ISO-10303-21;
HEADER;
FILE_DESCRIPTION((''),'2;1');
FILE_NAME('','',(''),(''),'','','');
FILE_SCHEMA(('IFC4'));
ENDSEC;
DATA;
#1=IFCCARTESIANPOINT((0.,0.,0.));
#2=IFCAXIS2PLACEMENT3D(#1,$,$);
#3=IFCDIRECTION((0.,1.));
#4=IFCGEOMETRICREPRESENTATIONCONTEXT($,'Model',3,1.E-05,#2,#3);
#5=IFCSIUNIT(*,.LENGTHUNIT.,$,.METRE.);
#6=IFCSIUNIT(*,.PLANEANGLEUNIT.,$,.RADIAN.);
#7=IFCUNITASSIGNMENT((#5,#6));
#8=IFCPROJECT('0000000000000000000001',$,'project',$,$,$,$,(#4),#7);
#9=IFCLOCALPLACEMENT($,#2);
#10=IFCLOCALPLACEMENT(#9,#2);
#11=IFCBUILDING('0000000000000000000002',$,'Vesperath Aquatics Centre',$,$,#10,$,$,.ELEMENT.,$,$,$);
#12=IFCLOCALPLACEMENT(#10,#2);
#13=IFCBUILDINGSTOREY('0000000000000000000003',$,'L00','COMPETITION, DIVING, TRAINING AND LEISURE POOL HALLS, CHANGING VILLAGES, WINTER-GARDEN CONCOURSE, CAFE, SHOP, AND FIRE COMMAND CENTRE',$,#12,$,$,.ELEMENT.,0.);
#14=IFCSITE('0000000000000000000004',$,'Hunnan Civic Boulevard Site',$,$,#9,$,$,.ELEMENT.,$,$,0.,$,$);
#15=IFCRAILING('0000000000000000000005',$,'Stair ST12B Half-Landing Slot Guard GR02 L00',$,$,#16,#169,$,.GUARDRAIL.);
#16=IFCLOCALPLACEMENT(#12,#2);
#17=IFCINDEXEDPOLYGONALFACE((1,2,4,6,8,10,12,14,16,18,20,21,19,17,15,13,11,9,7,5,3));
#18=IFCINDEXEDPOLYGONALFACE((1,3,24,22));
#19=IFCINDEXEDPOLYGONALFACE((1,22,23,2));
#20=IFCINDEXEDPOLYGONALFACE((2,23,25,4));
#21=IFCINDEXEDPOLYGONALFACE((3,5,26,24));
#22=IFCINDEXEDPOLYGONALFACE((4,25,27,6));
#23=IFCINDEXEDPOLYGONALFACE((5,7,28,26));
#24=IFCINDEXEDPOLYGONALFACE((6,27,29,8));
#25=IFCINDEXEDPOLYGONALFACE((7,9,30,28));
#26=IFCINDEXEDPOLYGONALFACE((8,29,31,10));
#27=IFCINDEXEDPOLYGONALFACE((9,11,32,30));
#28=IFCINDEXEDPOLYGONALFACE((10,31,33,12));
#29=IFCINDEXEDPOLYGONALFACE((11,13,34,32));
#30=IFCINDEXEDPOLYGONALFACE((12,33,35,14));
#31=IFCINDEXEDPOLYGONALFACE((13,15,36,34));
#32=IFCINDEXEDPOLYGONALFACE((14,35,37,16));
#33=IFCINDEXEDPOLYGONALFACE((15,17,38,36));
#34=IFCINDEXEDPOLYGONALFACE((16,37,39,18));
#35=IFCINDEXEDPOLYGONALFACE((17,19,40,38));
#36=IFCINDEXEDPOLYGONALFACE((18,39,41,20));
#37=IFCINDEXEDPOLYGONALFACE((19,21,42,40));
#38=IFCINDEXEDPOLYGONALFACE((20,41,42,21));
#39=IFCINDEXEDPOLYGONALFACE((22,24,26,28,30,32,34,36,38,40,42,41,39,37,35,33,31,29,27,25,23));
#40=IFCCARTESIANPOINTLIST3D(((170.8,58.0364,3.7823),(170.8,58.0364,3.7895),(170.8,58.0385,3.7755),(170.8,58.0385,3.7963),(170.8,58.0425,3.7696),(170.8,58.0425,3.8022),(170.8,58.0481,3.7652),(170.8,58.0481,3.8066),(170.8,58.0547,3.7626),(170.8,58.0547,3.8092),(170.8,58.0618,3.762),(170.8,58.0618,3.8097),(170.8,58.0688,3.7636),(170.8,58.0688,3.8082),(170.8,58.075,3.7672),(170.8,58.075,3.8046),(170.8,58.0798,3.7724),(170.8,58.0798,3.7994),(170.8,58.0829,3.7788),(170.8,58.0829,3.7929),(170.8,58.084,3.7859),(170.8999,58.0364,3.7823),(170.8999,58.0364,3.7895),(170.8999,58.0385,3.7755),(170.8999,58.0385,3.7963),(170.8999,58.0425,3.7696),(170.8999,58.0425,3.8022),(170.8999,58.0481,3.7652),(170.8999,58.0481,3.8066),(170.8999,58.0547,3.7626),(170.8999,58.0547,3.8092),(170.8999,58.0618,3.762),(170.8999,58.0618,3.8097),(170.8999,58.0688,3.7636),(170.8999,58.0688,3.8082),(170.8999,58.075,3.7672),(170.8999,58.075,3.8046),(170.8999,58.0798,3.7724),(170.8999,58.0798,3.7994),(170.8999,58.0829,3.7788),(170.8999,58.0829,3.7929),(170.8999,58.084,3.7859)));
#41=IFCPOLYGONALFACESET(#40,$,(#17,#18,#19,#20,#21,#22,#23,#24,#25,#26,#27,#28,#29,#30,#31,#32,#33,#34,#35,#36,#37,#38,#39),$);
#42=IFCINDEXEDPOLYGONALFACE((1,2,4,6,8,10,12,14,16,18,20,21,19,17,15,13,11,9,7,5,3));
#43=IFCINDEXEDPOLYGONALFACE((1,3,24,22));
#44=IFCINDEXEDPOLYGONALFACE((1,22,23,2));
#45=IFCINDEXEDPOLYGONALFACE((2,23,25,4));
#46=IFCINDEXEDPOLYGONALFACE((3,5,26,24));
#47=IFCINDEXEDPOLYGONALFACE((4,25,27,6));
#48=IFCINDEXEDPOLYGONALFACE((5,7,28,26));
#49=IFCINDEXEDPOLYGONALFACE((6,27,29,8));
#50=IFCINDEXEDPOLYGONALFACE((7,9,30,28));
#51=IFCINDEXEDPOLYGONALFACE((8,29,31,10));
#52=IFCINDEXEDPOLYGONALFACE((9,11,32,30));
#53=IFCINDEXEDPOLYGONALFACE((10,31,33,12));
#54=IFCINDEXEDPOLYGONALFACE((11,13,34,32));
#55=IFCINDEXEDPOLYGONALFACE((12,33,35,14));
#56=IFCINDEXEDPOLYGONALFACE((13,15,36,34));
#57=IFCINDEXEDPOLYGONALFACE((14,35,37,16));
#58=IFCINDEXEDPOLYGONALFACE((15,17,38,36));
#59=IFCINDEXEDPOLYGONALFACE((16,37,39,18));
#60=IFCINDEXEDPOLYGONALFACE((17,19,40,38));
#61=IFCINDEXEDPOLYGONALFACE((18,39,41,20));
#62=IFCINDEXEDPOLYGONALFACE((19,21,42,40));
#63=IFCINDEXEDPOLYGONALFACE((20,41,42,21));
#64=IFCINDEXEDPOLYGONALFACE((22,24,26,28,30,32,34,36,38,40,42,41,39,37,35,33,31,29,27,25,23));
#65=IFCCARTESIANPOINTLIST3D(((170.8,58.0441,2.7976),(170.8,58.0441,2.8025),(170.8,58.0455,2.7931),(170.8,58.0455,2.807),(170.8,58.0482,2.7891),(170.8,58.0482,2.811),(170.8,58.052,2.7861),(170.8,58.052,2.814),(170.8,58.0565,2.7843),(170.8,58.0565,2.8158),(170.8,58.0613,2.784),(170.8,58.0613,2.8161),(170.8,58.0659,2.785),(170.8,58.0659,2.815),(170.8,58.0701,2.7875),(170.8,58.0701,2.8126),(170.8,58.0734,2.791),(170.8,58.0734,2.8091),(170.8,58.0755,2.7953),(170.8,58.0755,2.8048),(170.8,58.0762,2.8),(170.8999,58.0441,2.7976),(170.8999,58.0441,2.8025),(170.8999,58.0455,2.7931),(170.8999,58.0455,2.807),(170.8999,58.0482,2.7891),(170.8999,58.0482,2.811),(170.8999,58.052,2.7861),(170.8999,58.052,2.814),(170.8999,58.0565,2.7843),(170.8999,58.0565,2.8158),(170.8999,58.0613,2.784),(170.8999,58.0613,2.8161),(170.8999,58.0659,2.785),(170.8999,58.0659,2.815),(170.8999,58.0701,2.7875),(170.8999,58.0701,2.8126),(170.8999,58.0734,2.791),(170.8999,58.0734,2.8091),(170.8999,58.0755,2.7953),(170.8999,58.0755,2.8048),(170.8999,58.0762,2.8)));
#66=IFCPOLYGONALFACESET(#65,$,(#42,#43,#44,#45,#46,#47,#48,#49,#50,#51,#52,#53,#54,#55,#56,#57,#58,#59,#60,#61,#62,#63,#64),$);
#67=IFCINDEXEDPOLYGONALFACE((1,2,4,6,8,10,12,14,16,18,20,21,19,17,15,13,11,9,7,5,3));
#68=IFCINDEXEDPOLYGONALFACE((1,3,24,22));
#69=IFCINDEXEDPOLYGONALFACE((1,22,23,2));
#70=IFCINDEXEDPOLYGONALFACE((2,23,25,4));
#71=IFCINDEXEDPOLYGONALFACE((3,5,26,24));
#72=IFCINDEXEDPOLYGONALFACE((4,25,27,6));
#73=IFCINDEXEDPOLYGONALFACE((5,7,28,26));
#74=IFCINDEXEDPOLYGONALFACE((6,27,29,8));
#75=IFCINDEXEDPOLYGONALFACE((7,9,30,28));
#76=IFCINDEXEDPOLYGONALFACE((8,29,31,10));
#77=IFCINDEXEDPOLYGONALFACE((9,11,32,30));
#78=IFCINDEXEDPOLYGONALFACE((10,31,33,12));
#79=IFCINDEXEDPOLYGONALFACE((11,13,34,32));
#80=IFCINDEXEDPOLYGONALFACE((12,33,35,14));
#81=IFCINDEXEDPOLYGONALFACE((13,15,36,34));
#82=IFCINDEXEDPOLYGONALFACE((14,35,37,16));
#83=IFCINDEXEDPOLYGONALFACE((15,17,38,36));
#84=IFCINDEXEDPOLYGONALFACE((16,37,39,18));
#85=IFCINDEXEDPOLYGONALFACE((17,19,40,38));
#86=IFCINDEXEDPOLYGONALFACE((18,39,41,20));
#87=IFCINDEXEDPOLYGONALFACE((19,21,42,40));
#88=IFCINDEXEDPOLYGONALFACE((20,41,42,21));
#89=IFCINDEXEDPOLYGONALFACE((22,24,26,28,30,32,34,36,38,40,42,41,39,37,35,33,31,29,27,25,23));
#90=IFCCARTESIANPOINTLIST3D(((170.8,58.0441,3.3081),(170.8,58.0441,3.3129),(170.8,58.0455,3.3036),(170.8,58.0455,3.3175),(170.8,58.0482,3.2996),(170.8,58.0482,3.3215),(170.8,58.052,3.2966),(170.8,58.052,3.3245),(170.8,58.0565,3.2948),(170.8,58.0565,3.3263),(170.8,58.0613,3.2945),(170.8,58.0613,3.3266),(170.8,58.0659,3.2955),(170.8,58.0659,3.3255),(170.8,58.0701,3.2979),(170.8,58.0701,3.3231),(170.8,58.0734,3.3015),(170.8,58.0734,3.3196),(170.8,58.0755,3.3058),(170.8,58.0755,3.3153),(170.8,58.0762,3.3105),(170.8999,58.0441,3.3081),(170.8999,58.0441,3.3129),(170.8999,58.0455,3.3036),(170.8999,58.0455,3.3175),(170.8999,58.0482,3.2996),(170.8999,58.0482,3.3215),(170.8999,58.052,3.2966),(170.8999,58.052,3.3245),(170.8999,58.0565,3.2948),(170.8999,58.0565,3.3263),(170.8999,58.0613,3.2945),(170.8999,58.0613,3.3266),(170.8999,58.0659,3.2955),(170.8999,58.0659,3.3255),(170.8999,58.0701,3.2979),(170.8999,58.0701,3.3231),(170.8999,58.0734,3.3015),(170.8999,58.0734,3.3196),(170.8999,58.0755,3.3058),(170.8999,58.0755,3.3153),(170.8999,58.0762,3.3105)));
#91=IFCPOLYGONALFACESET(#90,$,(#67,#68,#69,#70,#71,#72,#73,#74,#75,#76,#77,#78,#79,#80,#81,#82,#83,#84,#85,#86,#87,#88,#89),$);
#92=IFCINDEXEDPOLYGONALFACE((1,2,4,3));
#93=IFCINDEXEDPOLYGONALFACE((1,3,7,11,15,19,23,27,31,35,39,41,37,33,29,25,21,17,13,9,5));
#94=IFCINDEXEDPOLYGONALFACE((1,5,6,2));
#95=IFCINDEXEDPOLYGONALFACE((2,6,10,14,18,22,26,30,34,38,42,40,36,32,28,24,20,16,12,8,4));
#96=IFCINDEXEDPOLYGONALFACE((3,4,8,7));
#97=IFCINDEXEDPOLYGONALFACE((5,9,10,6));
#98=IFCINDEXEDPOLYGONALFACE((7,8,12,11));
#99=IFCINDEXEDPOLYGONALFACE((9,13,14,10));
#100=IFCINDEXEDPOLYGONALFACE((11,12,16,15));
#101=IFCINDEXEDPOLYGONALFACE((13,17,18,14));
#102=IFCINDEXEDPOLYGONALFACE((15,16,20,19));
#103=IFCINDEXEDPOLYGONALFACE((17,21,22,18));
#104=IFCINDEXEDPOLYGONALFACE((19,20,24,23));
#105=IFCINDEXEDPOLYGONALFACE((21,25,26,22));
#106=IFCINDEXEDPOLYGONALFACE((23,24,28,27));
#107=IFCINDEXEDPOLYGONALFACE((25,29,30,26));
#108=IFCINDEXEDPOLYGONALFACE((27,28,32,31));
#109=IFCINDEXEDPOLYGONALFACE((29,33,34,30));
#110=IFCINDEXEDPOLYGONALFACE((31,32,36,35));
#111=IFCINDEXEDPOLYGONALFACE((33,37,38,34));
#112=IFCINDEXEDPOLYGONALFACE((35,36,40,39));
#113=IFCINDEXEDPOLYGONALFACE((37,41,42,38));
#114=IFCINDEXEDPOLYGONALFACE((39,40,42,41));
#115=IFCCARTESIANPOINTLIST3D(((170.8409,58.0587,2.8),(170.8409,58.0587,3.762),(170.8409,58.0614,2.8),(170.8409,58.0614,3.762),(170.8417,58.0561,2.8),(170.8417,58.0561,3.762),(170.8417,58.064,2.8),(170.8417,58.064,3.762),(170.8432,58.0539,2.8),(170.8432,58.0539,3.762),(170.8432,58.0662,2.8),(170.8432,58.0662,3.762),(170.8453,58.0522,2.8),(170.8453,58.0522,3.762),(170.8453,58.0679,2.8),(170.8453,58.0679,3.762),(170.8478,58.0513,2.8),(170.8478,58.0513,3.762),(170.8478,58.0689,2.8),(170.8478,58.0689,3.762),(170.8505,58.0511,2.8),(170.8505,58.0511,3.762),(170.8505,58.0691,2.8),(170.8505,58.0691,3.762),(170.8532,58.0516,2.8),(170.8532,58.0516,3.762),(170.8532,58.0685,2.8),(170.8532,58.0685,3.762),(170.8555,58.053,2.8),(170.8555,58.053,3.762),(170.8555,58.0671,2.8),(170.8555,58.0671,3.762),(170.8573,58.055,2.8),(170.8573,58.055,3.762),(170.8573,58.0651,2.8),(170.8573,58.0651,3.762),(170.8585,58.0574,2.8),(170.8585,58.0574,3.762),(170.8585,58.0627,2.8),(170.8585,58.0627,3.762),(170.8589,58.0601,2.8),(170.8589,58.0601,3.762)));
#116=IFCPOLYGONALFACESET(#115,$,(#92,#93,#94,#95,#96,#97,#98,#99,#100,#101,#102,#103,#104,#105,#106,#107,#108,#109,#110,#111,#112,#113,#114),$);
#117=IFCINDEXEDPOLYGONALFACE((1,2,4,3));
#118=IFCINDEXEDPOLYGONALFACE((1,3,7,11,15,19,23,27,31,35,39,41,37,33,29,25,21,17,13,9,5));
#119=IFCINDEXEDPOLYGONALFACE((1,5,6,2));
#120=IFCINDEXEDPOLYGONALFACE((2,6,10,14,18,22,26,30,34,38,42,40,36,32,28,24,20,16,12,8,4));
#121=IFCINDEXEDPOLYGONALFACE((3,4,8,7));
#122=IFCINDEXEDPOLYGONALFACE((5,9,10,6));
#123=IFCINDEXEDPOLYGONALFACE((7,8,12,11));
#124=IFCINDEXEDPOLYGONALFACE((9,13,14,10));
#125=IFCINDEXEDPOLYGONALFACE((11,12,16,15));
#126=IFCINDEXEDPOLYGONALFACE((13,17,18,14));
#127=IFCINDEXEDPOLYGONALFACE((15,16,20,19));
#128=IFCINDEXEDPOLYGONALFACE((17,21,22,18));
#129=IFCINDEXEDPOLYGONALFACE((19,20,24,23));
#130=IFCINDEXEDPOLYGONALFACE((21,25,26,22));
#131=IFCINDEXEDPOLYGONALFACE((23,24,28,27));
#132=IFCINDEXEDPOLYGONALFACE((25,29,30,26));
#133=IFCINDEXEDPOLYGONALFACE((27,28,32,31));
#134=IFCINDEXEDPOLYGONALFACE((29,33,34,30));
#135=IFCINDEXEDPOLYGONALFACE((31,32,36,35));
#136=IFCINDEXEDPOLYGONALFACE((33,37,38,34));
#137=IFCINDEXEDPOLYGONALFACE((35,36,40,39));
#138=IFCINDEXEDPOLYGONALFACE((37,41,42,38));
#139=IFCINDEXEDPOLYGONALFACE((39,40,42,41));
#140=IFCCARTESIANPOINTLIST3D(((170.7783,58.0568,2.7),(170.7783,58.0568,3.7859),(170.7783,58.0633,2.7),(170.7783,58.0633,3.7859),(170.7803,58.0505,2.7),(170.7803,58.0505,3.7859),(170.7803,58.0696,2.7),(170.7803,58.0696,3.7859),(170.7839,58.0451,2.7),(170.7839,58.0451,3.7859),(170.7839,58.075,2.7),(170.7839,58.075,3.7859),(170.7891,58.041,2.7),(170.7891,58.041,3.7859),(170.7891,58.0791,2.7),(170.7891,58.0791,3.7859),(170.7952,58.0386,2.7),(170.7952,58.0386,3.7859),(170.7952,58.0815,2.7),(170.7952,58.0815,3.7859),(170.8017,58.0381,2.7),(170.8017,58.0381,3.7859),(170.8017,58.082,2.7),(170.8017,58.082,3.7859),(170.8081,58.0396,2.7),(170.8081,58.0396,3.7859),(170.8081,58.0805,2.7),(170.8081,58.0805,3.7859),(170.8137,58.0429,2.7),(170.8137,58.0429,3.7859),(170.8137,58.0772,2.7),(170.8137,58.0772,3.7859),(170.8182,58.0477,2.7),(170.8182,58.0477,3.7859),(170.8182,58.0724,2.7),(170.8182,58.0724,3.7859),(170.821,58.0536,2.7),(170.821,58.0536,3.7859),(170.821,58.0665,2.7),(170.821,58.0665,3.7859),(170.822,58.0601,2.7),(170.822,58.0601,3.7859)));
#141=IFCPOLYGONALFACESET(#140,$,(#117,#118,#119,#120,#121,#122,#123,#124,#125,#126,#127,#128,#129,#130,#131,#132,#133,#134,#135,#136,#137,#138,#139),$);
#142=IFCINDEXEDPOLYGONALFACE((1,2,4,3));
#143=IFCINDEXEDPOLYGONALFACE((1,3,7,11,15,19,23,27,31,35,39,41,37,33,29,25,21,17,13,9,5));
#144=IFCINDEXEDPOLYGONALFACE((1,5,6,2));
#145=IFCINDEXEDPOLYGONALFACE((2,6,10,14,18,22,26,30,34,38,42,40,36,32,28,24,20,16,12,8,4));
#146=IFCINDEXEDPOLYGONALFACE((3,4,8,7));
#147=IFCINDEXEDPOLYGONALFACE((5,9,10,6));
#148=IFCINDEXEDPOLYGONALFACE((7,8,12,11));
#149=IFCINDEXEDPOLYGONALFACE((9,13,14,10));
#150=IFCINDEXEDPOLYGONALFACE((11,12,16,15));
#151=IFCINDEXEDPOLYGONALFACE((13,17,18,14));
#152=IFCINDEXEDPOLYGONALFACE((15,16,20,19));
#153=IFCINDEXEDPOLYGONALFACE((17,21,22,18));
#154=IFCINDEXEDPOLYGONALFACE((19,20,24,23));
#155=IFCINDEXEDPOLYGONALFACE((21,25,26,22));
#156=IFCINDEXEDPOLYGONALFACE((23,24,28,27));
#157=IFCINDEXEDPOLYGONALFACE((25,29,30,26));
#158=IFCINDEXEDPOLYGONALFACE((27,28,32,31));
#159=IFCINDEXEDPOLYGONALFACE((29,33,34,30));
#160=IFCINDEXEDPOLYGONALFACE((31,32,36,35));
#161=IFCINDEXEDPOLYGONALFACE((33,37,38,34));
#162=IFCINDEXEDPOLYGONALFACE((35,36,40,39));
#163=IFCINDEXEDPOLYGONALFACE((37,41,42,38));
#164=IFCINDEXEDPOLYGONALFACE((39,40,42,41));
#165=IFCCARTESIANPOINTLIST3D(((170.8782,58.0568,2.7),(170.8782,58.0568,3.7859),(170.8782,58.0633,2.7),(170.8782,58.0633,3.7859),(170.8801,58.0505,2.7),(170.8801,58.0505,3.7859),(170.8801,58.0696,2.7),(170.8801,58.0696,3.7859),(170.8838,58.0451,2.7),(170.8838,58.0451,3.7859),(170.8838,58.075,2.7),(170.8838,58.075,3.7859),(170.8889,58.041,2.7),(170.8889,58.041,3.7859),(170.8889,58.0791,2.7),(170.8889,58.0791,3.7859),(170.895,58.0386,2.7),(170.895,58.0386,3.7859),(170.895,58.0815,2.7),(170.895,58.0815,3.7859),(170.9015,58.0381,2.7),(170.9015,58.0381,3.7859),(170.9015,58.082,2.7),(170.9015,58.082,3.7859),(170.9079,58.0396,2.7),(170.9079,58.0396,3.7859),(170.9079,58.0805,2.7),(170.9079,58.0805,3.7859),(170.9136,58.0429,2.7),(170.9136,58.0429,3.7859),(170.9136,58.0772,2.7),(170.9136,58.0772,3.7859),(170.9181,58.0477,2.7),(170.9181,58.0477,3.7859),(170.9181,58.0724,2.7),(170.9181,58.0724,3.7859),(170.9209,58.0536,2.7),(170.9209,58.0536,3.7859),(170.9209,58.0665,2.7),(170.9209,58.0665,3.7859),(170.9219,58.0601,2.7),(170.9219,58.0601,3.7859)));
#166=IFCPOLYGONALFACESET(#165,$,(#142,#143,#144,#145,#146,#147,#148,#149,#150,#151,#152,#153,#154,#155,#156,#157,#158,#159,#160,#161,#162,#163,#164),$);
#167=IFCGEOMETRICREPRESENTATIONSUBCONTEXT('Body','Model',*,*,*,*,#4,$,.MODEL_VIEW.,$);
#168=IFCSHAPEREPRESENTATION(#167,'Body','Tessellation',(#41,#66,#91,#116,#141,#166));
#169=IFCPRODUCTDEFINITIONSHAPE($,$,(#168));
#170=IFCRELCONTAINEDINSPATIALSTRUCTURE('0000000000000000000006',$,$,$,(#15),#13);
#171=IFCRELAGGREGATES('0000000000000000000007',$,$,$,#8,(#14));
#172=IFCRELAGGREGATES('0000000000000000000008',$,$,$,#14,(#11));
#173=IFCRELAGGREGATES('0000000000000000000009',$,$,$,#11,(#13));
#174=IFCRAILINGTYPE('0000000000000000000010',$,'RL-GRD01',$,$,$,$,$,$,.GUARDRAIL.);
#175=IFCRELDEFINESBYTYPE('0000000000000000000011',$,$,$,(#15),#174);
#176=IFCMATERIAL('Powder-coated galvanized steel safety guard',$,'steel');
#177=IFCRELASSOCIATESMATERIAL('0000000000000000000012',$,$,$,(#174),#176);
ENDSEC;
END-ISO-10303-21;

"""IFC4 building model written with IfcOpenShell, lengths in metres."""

from ifc_helpers import new_model, si_unit, direction, frame, origin, origin_2d, place, context, subcontext, project, spatial, circle, extrude, material, type_object, element, save


model = new_model("IFC4")

# Units and contexts
model_context = context("Model", 3, precision=1e-05, world=origin(), true_north=direction((0.0, 1.0)))
body_context = subcontext(model_context, "Body", "Model", "MODEL_VIEW")
ifc_project = project(units=[si_unit("LENGTHUNIT", "METRE"), si_unit("PLANEANGLEUNIT", "RADIAN")], contexts=[model_context])

# Site, building, storey
site_placement = place(None, origin())
site = spatial("IfcSite", under=ifc_project, at=site_placement, Name="Hunnan Civic Boulevard Site", CompositionType="ELEMENT", RefElevation=0.0)
building_placement = place(site_placement, origin())
building = spatial("IfcBuilding", under=site, at=building_placement, Name="Vesperath Aquatics Centre", CompositionType="ELEMENT")
storey_placement = place(building_placement, origin())
storey = spatial("IfcBuildingStorey", under=building, at=storey_placement, Name="L00", Description="COMPETITION, DIVING, TRAINING AND LEISURE POOL HALLS, CHANGING VILLAGES, WINTER-GARDEN CONCOURSE, CAFE, SHOP, AND FIRE COMMAND CENTRE", CompositionType="ELEMENT", Elevation=0.0)

# Railing
ifc_material_1 = material(Name="Powder-coated galvanized steel safety guard", Category="steel")
railing_type_1 = type_object("IfcRailingType", Name="RL-GRD01", PredefinedType="GUARDRAIL", material=ifc_material_1)
railing_1_placement = place(storey_placement, frame((170.8, 58.0601, 2.7)))
element("IfcRailing", 1, at=railing_1_placement, inside=storey, type_object=railing_type_1, Name="Stair ST12B Half-Landing Slot Guard GR02 L00", PredefinedType="GUARDRAIL", context=body_context, shape_type="SweptSolid", body=[
    extrude(circle(Radius=0.0239, at=origin_2d()), frame((0.0, 0.0, 1.0859), z_axis=(1.0, 0.0, 0.0), x_axis=(0.0, 1.0, 0.0)), (0.0, 0.0, 1.0), 0.0999),
    extrude(circle(Radius=0.0161, at=origin_2d()), frame((0.0, 0.0, 0.1001), z_axis=(1.0, 0.0, 0.0), x_axis=(0.0, 1.0, 0.0)), (0.0, 0.0, 1.0), 0.0999),
    extrude(circle(Radius=0.0161, at=origin_2d()), frame((0.0, 0.0, 0.6106), z_axis=(1.0, 0.0, 0.0), x_axis=(0.0, 1.0, 0.0)), (0.0, 0.0, 1.0), 0.0999),
    extrude(circle(Radius=0.009, at=origin_2d()), frame((0.0498, 0.0, 0.1001)), (0.0, 0.0, 1.0), 0.9619),
    extrude(circle(Radius=0.022, at=origin_2d()), origin(), (0.0, 0.0, 1.0), 1.0859),
    extrude(circle(Radius=0.022, at=origin_2d()), frame((0.0999, 0.0, 0.0)), (0.0, 0.0, 1.0), 1.0859),
])

save(model, "model.ifc")
